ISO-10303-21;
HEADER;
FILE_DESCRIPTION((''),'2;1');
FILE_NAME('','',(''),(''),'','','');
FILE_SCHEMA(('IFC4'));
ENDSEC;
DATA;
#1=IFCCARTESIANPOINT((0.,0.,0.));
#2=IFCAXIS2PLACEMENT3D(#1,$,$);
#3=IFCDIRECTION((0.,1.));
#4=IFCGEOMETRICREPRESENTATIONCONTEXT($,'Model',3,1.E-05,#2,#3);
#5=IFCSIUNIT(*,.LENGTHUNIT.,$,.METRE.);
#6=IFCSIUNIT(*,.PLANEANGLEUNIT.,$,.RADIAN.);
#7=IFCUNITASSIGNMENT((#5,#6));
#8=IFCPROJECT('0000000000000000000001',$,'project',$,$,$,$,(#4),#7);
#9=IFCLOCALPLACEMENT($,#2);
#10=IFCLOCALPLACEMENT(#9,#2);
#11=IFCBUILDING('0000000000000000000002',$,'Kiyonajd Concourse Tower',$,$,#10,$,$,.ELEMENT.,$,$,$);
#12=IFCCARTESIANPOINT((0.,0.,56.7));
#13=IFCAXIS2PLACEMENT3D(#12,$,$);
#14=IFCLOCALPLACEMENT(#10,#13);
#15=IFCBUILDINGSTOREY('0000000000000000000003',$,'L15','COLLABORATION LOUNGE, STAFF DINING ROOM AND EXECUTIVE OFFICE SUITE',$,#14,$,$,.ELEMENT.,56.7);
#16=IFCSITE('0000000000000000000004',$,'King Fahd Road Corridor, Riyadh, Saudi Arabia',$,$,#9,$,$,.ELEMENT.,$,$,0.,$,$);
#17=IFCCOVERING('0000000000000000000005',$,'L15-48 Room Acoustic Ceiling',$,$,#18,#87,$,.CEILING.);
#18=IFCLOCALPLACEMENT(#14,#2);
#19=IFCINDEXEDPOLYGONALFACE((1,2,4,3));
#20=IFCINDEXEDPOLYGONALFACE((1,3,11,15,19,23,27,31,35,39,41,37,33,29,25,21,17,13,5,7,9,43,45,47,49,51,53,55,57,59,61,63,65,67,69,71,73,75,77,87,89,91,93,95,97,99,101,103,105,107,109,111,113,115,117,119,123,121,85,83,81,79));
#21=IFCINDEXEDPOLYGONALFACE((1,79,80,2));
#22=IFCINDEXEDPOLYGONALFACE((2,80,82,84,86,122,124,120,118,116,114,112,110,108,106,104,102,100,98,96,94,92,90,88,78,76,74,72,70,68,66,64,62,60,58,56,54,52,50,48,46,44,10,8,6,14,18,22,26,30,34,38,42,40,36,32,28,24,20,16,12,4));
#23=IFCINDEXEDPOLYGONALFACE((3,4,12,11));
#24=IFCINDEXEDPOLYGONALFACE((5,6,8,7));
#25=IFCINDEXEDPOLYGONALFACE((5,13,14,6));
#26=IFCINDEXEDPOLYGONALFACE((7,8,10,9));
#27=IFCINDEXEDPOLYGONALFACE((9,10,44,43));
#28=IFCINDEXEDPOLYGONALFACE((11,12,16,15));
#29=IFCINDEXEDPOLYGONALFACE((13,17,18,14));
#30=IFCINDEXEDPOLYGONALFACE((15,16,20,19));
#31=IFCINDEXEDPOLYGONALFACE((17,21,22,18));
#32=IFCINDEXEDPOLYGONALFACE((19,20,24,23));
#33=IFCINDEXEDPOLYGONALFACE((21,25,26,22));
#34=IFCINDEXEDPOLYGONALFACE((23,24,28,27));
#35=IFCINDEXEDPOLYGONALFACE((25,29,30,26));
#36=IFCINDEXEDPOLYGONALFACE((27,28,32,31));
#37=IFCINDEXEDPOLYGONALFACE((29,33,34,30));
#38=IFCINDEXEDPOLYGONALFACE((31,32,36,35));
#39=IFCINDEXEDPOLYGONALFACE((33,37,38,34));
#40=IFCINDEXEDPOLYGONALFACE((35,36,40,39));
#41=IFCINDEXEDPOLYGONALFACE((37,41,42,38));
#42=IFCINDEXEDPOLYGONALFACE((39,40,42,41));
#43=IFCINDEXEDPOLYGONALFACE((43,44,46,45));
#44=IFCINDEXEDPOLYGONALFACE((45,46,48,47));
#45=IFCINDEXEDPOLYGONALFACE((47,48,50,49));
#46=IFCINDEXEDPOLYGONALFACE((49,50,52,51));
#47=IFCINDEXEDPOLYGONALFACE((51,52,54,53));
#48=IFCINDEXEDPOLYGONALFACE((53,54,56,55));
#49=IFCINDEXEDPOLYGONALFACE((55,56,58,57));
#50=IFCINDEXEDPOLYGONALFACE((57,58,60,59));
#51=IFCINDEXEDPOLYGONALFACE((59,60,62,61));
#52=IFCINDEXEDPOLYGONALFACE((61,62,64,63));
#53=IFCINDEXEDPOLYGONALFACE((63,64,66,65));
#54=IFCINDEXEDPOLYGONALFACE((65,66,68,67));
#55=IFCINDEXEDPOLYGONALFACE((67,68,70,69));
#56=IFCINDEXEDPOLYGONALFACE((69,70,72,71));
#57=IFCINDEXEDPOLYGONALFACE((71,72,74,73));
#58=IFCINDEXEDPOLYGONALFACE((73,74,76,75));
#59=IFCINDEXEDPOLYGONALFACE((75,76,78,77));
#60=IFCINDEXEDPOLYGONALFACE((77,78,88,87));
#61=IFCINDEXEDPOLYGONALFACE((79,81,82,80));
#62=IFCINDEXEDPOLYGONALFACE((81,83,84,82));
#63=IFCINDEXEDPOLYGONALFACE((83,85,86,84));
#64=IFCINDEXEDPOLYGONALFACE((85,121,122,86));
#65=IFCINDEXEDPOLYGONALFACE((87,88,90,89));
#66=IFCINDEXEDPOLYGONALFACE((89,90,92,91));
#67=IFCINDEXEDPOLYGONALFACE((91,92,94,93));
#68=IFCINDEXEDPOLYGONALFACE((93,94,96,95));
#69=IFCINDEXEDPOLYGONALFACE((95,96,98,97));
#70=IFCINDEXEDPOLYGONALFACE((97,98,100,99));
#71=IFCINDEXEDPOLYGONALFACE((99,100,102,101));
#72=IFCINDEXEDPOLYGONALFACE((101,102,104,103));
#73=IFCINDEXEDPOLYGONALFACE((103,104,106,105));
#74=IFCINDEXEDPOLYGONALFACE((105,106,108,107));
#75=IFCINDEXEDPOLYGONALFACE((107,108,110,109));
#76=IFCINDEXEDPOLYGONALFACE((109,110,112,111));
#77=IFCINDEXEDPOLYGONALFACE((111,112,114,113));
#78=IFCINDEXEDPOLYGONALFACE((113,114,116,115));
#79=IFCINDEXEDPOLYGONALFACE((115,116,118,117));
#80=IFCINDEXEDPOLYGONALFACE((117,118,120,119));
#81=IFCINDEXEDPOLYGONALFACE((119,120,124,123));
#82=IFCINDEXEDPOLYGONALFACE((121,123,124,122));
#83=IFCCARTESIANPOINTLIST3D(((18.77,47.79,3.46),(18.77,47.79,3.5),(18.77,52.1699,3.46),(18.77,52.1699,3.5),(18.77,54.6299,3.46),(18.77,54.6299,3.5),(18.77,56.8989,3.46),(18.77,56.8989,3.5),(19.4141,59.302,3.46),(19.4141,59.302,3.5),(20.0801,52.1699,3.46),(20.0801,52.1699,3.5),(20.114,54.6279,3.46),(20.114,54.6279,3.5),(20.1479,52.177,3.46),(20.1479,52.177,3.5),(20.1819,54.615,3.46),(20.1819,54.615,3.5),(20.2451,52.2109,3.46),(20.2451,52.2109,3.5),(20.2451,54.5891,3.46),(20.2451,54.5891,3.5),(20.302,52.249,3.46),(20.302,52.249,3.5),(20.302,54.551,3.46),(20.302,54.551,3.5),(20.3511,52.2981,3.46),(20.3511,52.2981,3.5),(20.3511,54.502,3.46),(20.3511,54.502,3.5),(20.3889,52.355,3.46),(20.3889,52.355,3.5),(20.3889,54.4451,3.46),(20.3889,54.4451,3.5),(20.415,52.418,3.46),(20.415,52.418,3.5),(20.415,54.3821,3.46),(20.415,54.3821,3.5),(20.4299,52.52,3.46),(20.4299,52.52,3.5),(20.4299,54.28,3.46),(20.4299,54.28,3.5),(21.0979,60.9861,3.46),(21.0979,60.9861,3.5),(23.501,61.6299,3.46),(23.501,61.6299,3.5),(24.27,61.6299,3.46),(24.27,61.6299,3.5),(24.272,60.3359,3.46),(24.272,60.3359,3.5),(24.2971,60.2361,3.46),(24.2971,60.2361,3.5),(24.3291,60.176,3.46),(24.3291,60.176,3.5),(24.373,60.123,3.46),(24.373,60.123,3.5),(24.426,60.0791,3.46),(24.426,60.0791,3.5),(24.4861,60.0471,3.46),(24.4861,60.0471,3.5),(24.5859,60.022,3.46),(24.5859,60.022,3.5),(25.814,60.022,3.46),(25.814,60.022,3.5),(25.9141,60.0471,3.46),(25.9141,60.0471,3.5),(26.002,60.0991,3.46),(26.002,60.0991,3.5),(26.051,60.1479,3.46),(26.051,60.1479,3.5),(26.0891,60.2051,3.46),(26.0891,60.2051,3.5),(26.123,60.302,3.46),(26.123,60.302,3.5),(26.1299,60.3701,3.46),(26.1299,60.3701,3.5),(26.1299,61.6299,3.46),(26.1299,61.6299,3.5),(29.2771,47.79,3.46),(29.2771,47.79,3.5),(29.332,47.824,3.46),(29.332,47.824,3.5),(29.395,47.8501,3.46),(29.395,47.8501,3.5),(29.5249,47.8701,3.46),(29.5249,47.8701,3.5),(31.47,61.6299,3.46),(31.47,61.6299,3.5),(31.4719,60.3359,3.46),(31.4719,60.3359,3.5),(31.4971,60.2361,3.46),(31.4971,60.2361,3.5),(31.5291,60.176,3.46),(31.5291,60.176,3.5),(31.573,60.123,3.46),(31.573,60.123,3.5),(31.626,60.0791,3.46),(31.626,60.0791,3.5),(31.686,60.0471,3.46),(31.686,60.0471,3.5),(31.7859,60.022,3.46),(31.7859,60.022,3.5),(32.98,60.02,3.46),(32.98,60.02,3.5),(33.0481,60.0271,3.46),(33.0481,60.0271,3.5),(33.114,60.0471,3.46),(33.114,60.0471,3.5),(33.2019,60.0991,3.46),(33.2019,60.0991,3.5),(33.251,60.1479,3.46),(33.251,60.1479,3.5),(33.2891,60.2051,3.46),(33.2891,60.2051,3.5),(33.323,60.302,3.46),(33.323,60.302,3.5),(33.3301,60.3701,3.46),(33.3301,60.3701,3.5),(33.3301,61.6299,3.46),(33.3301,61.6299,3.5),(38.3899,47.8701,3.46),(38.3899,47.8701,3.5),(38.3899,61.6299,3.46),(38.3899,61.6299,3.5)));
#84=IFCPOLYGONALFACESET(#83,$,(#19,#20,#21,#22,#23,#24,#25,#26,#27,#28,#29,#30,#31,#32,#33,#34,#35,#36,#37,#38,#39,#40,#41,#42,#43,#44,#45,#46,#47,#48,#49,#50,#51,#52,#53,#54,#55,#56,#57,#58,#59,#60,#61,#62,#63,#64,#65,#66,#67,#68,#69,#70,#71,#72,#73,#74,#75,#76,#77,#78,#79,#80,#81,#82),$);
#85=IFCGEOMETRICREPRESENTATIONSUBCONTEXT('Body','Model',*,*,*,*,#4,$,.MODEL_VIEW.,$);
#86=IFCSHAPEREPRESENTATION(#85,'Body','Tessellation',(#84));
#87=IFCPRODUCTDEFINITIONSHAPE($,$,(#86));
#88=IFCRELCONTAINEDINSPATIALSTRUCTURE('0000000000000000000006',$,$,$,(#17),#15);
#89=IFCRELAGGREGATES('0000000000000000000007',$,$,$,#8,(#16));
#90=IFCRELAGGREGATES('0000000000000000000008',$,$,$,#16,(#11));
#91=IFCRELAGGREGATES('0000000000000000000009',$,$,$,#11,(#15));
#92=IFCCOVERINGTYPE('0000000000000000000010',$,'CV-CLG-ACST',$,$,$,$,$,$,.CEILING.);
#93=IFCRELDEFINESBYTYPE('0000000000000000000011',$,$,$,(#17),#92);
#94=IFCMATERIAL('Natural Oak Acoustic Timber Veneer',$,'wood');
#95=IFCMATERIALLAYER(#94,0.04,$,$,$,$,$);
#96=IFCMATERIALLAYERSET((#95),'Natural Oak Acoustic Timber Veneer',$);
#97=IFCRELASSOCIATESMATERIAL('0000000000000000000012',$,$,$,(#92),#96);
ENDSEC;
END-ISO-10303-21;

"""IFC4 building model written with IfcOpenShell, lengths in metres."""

from ifc_helpers import new_model, si_unit, direction, frame, origin, place, context, subcontext, project, spatial, polyline, outline, extrude, material, layer, layer_set, type_object, element, save


model = new_model("IFC4")

# Units and contexts
model_context = context("Model", 3, precision=1e-05, world=origin(), true_north=direction((0.0, 1.0)))
body_context = subcontext(model_context, "Body", "Model", "MODEL_VIEW")
ifc_project = project(units=[si_unit("LENGTHUNIT", "METRE"), si_unit("PLANEANGLEUNIT", "RADIAN")], contexts=[model_context])

# Site, building, storey
site_placement = place(None, origin())
site = spatial("IfcSite", under=ifc_project, at=site_placement, Name="King Fahd Road Corridor, Riyadh, Saudi Arabia", CompositionType="ELEMENT", RefElevation=0.0)
building_placement = place(site_placement, origin())
building = spatial("IfcBuilding", under=site, at=building_placement, Name="Kiyonajd Concourse Tower", CompositionType="ELEMENT")
storey_placement = place(building_placement, frame((0.0, 0.0, 56.7)))
storey = spatial("IfcBuildingStorey", under=building, at=storey_placement, Name="L15", Description="COLLABORATION LOUNGE, STAFF DINING ROOM AND EXECUTIVE OFFICE SUITE", CompositionType="ELEMENT", Elevation=56.7)

# Covering
ifc_material_1 = material(Name="Natural Oak Acoustic Timber Veneer", Category="wood")
ifc_layer_1 = layer(ifc_material_1, 0.04)
ifc_layer_set_1 = layer_set([ifc_layer_1], Name="Natural Oak Acoustic Timber Veneer")
covering_type = type_object("IfcCoveringType", Name="CV-CLG-ACST", PredefinedType="CEILING", material=ifc_layer_set_1)
covering_1_placement = place(storey_placement, frame((0.0, 0.0, 3.46)))
element("IfcCovering", 1, at=covering_1_placement, inside=storey, type_object=covering_type, Name="L15-48 Room Acoustic Ceiling", PredefinedType="CEILING", context=body_context, shape_type="SweptSolid", body=[
    extrude(outline(polyline([(21.0979, 60.9861), (23.501, 61.6299), (24.27, 61.6299), (24.272, 60.3359), (24.2971, 60.2361), (24.3291, 60.176), (24.373, 60.123), (24.426, 60.0791), (24.4861, 60.0471), (24.5859, 60.022), (25.814, 60.022), (25.9141, 60.0471), (26.002, 60.0991), (26.051, 60.1479), (26.0891, 60.2051), (26.123, 60.302), (26.1299, 60.3701), (26.1299, 61.6299), (31.47, 61.6299), (31.4719, 60.3359), (31.4971, 60.2361), (31.5291, 60.176), (31.573, 60.123), (31.626, 60.0791), (31.686, 60.0471), (31.7859, 60.022), (32.98, 60.02), (33.0481, 60.0271), (33.114, 60.0471), (33.2019, 60.0991), (33.251, 60.1479), (33.2891, 60.2051), (33.323, 60.302), (33.3301, 60.3701), (33.3301, 61.6299), (38.3899, 61.6299), (38.3899, 47.8701), (29.5249, 47.8701), (29.395, 47.8501), (29.332, 47.824), (29.2771, 47.79), (18.77, 47.79), (18.77, 52.1699), (20.0801, 52.1699), (20.1479, 52.177), (20.2451, 52.2109), (20.302, 52.249), (20.3511, 52.2981), (20.3889, 52.355), (20.415, 52.418), (20.4299, 52.52), (20.4299, 54.28), (20.415, 54.3821), (20.3889, 54.4451), (20.3511, 54.502), (20.302, 54.551), (20.2451, 54.5891), (20.1819, 54.615), (20.114, 54.6279), (18.77, 54.6299), (18.77, 56.8989), (19.4141, 59.302), (21.0979, 60.9861)])), origin(), (0.0, 0.0, 1.0), 0.04),
])

save(model, "model.ifc")
